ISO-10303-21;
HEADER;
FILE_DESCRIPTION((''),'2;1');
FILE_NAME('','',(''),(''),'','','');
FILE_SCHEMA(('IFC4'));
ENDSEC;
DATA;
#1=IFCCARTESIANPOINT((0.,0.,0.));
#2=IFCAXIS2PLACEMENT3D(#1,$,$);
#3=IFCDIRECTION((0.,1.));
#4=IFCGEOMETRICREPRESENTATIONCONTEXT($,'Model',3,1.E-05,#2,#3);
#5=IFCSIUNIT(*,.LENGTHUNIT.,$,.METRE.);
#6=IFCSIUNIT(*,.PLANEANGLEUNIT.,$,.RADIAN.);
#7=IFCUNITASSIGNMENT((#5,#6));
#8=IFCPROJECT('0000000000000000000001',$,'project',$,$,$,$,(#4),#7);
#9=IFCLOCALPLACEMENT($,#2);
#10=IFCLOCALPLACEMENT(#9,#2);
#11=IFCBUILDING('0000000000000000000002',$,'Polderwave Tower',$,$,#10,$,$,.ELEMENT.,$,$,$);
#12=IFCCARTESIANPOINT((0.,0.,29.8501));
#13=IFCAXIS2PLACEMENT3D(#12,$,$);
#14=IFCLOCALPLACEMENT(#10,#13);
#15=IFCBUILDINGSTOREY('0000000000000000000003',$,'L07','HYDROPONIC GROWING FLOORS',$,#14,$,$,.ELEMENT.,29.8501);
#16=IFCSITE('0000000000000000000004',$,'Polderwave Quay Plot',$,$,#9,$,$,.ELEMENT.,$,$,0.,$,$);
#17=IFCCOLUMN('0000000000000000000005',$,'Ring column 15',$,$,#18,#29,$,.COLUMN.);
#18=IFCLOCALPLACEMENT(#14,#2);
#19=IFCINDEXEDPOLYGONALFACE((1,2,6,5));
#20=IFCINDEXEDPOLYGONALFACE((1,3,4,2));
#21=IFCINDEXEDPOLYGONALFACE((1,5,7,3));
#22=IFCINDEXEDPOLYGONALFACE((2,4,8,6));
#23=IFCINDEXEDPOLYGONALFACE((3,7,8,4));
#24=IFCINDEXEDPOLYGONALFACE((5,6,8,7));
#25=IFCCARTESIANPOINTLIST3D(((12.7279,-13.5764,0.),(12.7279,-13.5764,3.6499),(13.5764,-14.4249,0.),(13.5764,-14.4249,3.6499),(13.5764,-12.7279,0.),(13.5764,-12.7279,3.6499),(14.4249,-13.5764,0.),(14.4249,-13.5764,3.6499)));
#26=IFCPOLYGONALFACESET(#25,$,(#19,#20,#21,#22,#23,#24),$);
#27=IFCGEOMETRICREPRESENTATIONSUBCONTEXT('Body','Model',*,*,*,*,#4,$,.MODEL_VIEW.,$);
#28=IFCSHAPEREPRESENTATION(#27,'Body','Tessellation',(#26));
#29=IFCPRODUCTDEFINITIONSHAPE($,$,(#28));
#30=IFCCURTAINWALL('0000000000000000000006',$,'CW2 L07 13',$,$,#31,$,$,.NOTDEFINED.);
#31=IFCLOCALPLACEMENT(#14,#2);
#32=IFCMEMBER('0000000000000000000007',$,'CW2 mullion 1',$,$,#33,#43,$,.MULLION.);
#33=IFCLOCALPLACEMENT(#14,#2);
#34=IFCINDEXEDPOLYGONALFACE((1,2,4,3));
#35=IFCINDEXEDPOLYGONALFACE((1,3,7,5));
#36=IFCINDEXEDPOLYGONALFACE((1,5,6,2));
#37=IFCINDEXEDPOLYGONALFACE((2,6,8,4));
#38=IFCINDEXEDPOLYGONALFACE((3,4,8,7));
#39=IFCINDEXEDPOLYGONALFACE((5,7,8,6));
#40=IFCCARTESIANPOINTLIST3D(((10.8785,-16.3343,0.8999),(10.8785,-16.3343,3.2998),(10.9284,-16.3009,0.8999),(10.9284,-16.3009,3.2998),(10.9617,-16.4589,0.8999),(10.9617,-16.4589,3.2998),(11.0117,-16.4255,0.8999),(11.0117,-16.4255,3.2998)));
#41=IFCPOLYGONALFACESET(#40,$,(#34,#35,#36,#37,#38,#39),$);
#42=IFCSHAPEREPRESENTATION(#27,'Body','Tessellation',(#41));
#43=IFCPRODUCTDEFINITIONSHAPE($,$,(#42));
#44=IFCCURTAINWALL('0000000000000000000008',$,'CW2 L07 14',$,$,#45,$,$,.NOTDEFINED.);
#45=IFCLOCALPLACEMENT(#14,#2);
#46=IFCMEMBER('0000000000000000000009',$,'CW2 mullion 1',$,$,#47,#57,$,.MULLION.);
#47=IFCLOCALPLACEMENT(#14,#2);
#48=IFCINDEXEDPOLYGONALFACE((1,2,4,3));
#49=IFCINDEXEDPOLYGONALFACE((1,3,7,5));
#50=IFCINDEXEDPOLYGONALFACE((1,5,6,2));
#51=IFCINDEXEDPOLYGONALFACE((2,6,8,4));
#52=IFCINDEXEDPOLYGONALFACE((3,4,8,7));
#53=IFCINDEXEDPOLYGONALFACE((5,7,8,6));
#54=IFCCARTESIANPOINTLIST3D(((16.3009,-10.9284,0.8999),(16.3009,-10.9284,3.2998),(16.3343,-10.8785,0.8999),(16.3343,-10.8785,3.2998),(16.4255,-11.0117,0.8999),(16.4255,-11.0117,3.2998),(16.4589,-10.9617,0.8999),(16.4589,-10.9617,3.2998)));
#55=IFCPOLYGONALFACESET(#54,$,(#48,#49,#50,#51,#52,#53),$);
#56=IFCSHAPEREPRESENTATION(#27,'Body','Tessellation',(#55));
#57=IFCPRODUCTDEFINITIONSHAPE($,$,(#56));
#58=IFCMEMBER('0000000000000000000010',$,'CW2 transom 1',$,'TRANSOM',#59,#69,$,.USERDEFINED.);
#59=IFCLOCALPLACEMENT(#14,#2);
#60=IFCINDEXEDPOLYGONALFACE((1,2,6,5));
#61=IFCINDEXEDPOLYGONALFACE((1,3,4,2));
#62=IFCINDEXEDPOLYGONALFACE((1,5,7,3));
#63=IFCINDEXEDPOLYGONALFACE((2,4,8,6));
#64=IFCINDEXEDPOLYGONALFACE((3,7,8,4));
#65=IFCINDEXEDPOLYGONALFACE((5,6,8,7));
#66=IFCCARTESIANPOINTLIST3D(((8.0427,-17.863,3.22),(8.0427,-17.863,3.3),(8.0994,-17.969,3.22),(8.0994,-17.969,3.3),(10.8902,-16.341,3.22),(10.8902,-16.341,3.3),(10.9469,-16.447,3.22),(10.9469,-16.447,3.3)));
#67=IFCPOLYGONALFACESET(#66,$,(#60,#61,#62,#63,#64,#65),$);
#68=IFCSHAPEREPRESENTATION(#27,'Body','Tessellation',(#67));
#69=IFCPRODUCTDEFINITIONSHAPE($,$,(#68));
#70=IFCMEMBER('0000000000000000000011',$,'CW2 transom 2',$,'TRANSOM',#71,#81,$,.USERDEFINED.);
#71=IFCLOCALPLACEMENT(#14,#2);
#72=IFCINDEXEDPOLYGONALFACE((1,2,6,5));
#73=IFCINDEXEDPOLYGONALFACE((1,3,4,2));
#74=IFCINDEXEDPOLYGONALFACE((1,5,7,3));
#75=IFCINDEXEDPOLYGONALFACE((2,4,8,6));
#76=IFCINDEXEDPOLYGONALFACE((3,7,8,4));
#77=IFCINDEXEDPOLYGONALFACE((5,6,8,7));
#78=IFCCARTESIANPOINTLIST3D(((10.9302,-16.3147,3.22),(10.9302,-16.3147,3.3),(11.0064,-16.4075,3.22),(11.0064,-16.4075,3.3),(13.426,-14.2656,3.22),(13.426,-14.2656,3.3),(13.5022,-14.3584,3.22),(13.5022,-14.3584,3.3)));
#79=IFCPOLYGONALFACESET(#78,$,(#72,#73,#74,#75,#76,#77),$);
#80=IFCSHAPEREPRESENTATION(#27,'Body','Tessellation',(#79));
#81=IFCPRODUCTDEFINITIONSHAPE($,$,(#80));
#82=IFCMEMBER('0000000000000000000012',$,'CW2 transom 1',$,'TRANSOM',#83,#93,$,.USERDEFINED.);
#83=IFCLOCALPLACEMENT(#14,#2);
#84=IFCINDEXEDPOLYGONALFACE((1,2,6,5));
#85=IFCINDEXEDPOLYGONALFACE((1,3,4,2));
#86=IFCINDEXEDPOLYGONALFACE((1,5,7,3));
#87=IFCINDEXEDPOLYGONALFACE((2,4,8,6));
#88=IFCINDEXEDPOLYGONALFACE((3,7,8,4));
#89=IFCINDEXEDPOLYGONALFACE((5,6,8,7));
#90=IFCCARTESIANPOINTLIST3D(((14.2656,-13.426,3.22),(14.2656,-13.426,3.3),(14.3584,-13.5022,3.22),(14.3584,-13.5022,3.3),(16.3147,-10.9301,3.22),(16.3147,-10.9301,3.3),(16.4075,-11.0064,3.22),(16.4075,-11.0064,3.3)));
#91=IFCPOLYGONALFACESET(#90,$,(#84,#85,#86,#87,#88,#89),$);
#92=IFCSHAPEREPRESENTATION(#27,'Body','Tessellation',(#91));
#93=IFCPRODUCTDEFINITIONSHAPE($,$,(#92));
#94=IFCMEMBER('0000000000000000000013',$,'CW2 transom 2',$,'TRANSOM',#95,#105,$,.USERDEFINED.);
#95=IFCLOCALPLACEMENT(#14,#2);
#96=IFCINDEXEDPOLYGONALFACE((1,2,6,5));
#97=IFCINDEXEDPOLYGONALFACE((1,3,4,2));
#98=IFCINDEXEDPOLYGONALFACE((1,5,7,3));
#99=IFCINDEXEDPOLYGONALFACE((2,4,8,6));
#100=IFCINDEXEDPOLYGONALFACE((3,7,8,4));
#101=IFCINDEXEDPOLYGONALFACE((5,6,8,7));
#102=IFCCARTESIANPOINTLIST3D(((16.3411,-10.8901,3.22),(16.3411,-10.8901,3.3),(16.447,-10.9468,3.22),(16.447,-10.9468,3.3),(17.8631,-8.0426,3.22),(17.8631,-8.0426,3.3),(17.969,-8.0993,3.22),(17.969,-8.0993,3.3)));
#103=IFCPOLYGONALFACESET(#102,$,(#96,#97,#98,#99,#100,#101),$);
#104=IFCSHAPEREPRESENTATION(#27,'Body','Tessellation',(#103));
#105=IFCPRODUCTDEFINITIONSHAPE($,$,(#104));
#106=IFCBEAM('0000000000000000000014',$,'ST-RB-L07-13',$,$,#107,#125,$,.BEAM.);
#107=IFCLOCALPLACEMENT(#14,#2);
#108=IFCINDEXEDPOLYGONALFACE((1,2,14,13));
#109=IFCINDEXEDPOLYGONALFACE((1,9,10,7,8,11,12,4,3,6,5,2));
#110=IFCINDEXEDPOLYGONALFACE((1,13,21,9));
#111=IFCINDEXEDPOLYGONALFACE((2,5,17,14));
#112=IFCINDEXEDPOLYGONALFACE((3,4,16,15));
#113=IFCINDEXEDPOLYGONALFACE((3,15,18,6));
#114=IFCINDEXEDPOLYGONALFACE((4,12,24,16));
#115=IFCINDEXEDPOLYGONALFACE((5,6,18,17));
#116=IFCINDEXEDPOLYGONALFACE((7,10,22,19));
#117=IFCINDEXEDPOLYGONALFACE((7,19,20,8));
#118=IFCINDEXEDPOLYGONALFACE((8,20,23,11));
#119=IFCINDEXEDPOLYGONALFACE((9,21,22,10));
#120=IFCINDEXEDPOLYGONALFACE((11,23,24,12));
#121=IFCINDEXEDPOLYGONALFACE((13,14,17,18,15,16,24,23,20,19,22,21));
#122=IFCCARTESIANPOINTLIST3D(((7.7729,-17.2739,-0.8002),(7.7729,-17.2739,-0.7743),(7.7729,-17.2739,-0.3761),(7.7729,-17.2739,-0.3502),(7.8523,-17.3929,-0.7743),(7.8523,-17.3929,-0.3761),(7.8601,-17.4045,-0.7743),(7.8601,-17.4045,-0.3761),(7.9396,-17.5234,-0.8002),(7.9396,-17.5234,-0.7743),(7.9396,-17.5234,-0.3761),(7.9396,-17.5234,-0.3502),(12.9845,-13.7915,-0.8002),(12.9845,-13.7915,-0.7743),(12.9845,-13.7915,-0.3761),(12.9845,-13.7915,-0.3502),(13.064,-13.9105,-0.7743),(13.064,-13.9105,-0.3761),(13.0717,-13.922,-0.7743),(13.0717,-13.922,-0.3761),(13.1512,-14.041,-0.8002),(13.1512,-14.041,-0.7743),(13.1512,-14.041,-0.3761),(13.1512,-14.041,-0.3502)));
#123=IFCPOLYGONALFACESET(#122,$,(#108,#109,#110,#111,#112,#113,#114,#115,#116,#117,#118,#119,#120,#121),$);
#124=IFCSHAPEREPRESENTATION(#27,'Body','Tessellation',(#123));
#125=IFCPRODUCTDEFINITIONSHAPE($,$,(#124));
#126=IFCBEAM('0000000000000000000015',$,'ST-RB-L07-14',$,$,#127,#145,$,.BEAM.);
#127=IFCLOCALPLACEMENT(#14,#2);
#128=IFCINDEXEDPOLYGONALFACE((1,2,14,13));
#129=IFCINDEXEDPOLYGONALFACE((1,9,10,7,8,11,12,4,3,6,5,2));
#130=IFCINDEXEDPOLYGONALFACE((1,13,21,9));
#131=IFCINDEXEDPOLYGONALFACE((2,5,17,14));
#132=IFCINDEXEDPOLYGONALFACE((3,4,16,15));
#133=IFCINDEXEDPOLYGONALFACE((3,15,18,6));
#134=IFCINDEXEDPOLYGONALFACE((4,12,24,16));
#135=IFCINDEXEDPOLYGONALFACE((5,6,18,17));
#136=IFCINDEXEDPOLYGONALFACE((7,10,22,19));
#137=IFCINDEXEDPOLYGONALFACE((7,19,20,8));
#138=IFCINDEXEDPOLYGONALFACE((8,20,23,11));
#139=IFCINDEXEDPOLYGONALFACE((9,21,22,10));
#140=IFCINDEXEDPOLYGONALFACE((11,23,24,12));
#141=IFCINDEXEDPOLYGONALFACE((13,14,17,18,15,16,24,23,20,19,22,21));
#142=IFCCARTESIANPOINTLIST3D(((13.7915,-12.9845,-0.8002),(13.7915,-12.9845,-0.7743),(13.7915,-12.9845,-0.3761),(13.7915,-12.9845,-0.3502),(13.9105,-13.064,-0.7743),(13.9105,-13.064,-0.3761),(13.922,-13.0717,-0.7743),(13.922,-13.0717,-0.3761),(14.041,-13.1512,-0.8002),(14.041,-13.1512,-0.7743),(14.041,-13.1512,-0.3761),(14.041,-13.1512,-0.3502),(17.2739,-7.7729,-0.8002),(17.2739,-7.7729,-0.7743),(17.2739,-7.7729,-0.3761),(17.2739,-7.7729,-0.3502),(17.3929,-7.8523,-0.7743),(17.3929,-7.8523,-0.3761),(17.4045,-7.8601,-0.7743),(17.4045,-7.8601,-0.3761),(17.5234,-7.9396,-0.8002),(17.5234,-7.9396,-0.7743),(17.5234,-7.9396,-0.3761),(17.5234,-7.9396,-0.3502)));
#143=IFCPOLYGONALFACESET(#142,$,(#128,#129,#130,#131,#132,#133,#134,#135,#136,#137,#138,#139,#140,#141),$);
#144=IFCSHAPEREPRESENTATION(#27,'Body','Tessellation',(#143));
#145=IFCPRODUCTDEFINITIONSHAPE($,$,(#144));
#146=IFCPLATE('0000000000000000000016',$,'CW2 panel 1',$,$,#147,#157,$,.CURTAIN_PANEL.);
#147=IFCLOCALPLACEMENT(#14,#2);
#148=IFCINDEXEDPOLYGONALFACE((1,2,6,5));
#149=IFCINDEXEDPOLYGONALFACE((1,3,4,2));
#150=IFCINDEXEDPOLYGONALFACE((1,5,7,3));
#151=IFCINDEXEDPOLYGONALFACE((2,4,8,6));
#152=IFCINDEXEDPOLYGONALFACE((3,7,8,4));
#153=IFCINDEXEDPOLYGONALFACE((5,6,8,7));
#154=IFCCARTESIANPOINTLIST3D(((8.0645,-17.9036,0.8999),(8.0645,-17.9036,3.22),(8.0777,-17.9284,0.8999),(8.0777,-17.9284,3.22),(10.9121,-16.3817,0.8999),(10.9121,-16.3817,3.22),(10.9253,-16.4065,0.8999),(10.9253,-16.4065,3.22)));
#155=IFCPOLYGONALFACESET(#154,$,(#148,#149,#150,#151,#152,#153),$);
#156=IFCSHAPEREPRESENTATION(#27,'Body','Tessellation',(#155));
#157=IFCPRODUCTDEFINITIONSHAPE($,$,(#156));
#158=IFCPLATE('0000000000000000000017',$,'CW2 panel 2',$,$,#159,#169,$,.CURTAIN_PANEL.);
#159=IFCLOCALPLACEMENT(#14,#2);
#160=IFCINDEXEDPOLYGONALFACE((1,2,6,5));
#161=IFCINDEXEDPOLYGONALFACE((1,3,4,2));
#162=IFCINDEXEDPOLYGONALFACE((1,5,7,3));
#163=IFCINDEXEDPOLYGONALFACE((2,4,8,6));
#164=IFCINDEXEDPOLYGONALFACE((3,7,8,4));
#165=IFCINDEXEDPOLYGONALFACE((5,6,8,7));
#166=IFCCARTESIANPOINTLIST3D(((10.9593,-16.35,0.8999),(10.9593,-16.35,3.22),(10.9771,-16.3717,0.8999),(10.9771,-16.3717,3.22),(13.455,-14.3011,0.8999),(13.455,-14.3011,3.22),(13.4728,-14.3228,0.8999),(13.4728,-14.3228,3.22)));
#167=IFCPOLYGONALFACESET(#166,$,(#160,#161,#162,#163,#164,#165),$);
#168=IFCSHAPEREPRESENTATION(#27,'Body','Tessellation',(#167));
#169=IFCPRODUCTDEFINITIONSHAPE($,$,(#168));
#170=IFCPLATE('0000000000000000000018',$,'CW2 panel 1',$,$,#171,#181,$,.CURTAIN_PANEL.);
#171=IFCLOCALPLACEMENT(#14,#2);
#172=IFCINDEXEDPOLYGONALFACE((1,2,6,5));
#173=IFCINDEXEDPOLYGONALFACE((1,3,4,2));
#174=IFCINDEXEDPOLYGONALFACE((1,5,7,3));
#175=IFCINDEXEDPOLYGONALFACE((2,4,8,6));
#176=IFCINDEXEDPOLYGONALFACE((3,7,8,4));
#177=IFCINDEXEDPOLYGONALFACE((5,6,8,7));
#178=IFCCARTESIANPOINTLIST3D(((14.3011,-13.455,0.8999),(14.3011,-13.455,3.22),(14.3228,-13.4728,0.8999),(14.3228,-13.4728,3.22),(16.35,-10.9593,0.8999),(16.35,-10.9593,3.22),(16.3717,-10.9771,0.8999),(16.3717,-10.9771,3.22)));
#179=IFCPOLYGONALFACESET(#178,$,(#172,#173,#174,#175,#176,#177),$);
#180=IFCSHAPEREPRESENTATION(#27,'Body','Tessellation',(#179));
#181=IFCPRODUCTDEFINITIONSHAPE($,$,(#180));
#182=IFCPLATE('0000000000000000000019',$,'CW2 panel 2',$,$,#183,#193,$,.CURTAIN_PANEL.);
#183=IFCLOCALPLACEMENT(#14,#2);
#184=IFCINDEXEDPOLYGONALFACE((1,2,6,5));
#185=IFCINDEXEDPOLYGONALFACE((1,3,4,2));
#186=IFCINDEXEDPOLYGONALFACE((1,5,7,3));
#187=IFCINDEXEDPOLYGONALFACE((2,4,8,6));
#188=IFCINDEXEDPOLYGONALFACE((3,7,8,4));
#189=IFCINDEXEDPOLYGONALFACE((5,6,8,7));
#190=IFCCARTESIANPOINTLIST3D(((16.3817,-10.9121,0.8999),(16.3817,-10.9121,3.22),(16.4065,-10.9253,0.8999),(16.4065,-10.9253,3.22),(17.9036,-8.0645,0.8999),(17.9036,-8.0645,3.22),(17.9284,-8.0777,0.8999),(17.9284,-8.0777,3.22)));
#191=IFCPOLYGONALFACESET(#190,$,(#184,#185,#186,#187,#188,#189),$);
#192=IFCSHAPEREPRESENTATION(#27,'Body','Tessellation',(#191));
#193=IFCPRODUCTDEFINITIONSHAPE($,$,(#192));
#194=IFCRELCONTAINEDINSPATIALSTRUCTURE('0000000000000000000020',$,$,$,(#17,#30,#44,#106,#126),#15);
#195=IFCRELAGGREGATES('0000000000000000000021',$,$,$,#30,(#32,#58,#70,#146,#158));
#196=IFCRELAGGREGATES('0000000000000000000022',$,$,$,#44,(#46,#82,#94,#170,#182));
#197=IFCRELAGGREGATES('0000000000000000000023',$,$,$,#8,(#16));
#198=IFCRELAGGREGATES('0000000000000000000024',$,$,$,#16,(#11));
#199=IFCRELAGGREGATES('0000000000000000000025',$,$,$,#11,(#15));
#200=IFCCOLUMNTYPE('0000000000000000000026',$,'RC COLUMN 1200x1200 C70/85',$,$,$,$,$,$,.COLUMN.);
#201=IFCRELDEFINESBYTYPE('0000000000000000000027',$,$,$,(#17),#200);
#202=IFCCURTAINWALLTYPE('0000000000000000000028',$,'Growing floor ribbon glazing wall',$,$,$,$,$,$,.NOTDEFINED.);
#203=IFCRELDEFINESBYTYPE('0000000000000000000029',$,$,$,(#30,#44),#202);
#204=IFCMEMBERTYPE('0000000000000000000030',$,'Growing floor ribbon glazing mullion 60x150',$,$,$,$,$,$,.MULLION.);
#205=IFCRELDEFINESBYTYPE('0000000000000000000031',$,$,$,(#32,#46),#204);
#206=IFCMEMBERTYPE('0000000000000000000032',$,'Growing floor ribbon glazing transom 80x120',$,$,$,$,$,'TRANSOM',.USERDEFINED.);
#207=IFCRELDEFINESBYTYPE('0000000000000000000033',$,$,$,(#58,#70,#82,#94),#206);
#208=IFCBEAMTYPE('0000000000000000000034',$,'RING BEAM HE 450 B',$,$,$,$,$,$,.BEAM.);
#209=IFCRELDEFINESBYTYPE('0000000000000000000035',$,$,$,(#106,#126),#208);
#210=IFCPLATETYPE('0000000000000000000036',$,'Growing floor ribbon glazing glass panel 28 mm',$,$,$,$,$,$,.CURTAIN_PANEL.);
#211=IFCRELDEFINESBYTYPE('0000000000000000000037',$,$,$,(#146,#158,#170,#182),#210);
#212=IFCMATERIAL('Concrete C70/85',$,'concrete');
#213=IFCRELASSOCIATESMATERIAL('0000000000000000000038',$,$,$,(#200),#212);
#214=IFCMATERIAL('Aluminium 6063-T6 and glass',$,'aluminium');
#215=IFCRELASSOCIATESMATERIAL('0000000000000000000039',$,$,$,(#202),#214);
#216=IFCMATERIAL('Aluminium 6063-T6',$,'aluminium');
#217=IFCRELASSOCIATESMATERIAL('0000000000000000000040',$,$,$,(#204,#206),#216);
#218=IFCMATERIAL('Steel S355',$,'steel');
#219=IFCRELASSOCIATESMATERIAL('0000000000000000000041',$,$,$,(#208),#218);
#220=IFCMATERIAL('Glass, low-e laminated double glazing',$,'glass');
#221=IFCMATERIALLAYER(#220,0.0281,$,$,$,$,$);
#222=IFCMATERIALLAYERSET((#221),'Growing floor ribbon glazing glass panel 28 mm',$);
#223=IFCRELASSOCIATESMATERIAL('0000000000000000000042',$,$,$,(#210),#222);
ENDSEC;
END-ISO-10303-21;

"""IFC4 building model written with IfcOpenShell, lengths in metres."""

from ifc_helpers import new_model, si_unit, direction, frame, origin, origin_2d, place, context, subcontext, project, spatial, rectangle, i_section, extrude, material, layer, layer_set, material_profile, profile_set, type_object, element, aggregate, save


model = new_model("IFC4")

# Units and contexts
model_context = context("Model", 3, precision=1e-05, world=origin(), true_north=direction((0.0, 1.0)))
body_context = subcontext(model_context, "Body", "Model", "MODEL_VIEW")
ifc_project = project(units=[si_unit("LENGTHUNIT", "METRE"), si_unit("PLANEANGLEUNIT", "RADIAN")], contexts=[model_context])

# Site, building, storey
site_placement = place(None, origin())
site = spatial("IfcSite", under=ifc_project, at=site_placement, Name="Polderwave Quay Plot", CompositionType="ELEMENT", RefElevation=0.0)
building_placement = place(site_placement, origin())
building = spatial("IfcBuilding", under=site, at=building_placement, Name="Polderwave Tower", CompositionType="ELEMENT")
storey_placement = place(building_placement, frame((0.0, 0.0, 29.8501)))
storey = spatial("IfcBuildingStorey", under=building, at=storey_placement, Name="L07", Description="HYDROPONIC GROWING FLOORS", CompositionType="ELEMENT", Elevation=29.8501)

# Column
ifc_material_1 = material(Name="Concrete C70/85", Category="concrete")
ifc_material_profile_1 = material_profile(ifc_material_1, rectangle(XDim=1.2, YDim=1.2, at=origin_2d()), Name="RC 1200x1200")
ifc_profile_set_1 = profile_set([ifc_material_profile_1], Name="Concrete C70/85")
column_type = type_object("IfcColumnType", Name="RC COLUMN 1200x1200 C70/85", PredefinedType="COLUMN", material=ifc_profile_set_1)
column_placement = place(storey_placement, frame((13.5764, -13.5764, 0.0), z_axis=(0.0, 0.0, 1.0), x_axis=(0.707107, -0.707107, 0.0)))
element("IfcColumn", 1, at=column_placement, inside=storey, type_object=column_type, Name="Ring column 15", PredefinedType="COLUMN", context=body_context, shape_type="SweptSolid", body=[
    extrude(rectangle(XDim=1.2, YDim=1.2, at=origin_2d()), origin(), (0.0, 0.0, 1.0), 3.6499),
])

# Curtain walls, members
ifc_material_2 = material(Name="Aluminium 6063-T6 and glass", Category="aluminium")
curtain_wall_type = type_object("IfcCurtainWallType", Name="Growing floor ribbon glazing wall", PredefinedType="NOTDEFINED", material=ifc_material_2)
curtain_wall_1_placement = place(storey_placement, origin())
curtain_wall_1 = element("IfcCurtainWall", 2, at=curtain_wall_1_placement, inside=storey, type_object=curtain_wall_type, Name="CW2 L07 13", PredefinedType="NOTDEFINED")
ifc_material_3 = material(Name="Aluminium 6063-T6", Category="aluminium")
ifc_material_profile_2 = material_profile(ifc_material_3, rectangle(XDim=0.1499, YDim=0.0601, at=origin_2d()), Name="AL 60x150")
ifc_profile_set_2 = profile_set([ifc_material_profile_2], Name="Aluminium 6063-T6")
member_type_1 = type_object("IfcMemberType", Name="Growing floor ribbon glazing mullion 60x150", PredefinedType="MULLION", material=ifc_profile_set_2)
member_1_placement = place(storey_placement, frame((10.9451, -16.3799, 0.8999), z_axis=(0.0, 0.0, 1.0), x_axis=(-0.55562, 0.831437, 0.0)))
member_1 = element("IfcMember", 3, at=member_1_placement, type_object=member_type_1, Name="CW2 mullion 1", PredefinedType="MULLION", context=body_context, shape_type="SweptSolid", body=[
    extrude(rectangle(XDim=0.1499, YDim=0.0601, at=origin_2d()), origin(), (0.0, 0.0, 1.0), 2.3999),
])
curtain_wall_2_placement = place(storey_placement, origin())
curtain_wall_2 = element("IfcCurtainWall", 4, at=curtain_wall_2_placement, inside=storey, type_object=curtain_wall_type, Name="CW2 L07 14", PredefinedType="NOTDEFINED")
member_2_placement = place(storey_placement, frame((16.3799, -10.9451, 0.8999), z_axis=(0.0, 0.0, 1.0), x_axis=(-0.831437, 0.55562, 0.0)))
member_2 = element("IfcMember", 5, at=member_2_placement, type_object=member_type_1, Name="CW2 mullion 1", PredefinedType="MULLION", context=body_context, shape_type="SweptSolid", body=[
    extrude(rectangle(XDim=0.1499, YDim=0.0601, at=origin_2d()), origin(), (0.0, 0.0, 1.0), 2.3999),
])

# Members
ifc_material_profile_3 = material_profile(ifc_material_3, rectangle(XDim=0.1201, YDim=0.0801, at=origin_2d()), Name="AL 80x120")
ifc_profile_set_3 = profile_set([ifc_material_profile_3], Name="Aluminium 6063-T6")
member_type_2 = type_object("IfcMemberType", Name="Growing floor ribbon glazing transom 80x120", ElementType="TRANSOM", PredefinedType="USERDEFINED", material=ifc_profile_set_3)
member_3_placement = place(storey_placement, frame((8.071, -17.916, 3.26), z_axis=(0.881921, 0.471397, 0.0), x_axis=(-0.471397, 0.881921, 0.0)))
member_3 = element("IfcMember", 6, at=member_3_placement, type_object=member_type_2, Name="CW2 transom 1", ObjectType="TRANSOM", PredefinedType="USERDEFINED", context=body_context, shape_type="SweptSolid", body=[
    extrude(rectangle(XDim=0.1201, YDim=0.0801, at=origin_2d()), origin(), (0.0, 0.0, 1.0), 3.2288),
])
member_4_placement = place(storey_placement, frame((10.9683, -16.3611, 3.26), z_axis=(0.772892, 0.634538, 0.0), x_axis=(-0.634538, 0.772892, 0.0)))
member_4 = element("IfcMember", 7, at=member_4_placement, type_object=member_type_2, Name="CW2 transom 2", ObjectType="TRANSOM", PredefinedType="USERDEFINED", context=body_context, shape_type="SweptSolid", body=[
    extrude(rectangle(XDim=0.1201, YDim=0.0801, at=origin_2d()), origin(), (0.0, 0.0, 1.0), 3.2292),
])
member_5_placement = place(storey_placement, frame((14.312, -13.4641, 3.26), z_axis=(0.634538, 0.772892, 0.0), x_axis=(-0.772892, 0.634538, 0.0)))
member_5 = element("IfcMember", 8, at=member_5_placement, type_object=member_type_2, Name="CW2 transom 1", ObjectType="TRANSOM", PredefinedType="USERDEFINED", context=body_context, shape_type="SweptSolid", body=[
    extrude(rectangle(XDim=0.1201, YDim=0.0801, at=origin_2d()), origin(), (0.0, 0.0, 1.0), 3.2292),
])
member_6_placement = place(storey_placement, frame((16.394, -10.9185, 3.26), z_axis=(0.471397, 0.881921, 0.0), x_axis=(-0.881921, 0.471397, 0.0)))
member_6 = element("IfcMember", 9, at=member_6_placement, type_object=member_type_2, Name="CW2 transom 2", ObjectType="TRANSOM", PredefinedType="USERDEFINED", context=body_context, shape_type="SweptSolid", body=[
    extrude(rectangle(XDim=0.1201, YDim=0.0801, at=origin_2d()), origin(), (0.0, 0.0, 1.0), 3.2288),
])

# Beams
ifc_material_4 = material(Name="Steel S355", Category="steel")
ifc_material_profile_4 = material_profile(ifc_material_4, i_section(OverallWidth=0.3, OverallDepth=0.45, WebThickness=0.0139, FlangeThickness=0.0259, at=origin_2d()), Name="HE 450 B")
ifc_profile_set_4 = profile_set([ifc_material_profile_4], Name="Steel S355")
beam_type = type_object("IfcBeamType", Name="RING BEAM HE 450 B", PredefinedType="BEAM", material=ifc_profile_set_4)
for number, where, z_axis, x_axis, name in (
    (10, (7.8562, -17.3987, -0.5752), (0.831463, 0.555581, 0.0), (-0.555581, 0.831463, 0.0), "ST-RB-L07-13"),
    (11, (13.9163, -13.0679, -0.5752), (0.555581, 0.831463, 0.0), (-0.831463, 0.555581, 0.0), "ST-RB-L07-14"),
):
    element("IfcBeam", number, at=place(storey_placement, frame(where, z_axis=z_axis, x_axis=x_axis)), inside=storey, type_object=beam_type, Name=name, PredefinedType="BEAM", context=body_context, shape_type="SweptSolid", body=[
        extrude(i_section(OverallWidth=0.3, OverallDepth=0.45, WebThickness=0.0139, FlangeThickness=0.0259, at=origin_2d()), origin(), (0.0, 0.0, 1.0), 6.2681),
    ])

# Plates
ifc_material_5 = material(Name="Glass, low-e laminated double glazing", Category="glass")
ifc_layer_1 = layer(ifc_material_5, 0.0281)
ifc_layer_set_1 = layer_set([ifc_layer_1], Name="Growing floor ribbon glazing glass panel 28 mm")
plate_type = type_object("IfcPlateType", Name="Growing floor ribbon glazing glass panel 28 mm", PredefinedType="CURTAIN_PANEL", material=ifc_layer_set_1)
plate_1_placement = place(storey_placement, frame((9.4949, -17.155, 0.8999), z_axis=(0.0, 0.0, 1.0), x_axis=(0.881945, 0.471352, 0.0)))
plate_1 = element("IfcPlate", 12, at=plate_1_placement, type_object=plate_type, Name="CW2 panel 1", PredefinedType="CURTAIN_PANEL", context=body_context, shape_type="SweptSolid", body=[
    extrude(rectangle(XDim=3.2288, YDim=0.0281, at=origin_2d()), origin(), (0.0, 0.0, 1.0), 2.3201),
])
plate_2_placement = place(storey_placement, frame((12.2161, -15.3364, 0.8999), z_axis=(0.0, 0.0, 1.0), x_axis=(0.772903, 0.634524, 0.0)))
plate_2 = element("IfcPlate", 13, at=plate_2_placement, type_object=plate_type, Name="CW2 panel 2", PredefinedType="CURTAIN_PANEL", context=body_context, shape_type="SweptSolid", body=[
    extrude(rectangle(XDim=3.229, YDim=0.0281, at=origin_2d()), origin(), (0.0, 0.0, 1.0), 2.3201),
])
aggregate(curtain_wall_1, [member_1, member_3, member_4, plate_1, plate_2])
plate_3_placement = place(storey_placement, frame((15.3364, -12.2161, 0.8999), z_axis=(0.0, 0.0, 1.0), x_axis=(0.634524, 0.772903, 0.0)))
plate_3 = element("IfcPlate", 14, at=plate_3_placement, type_object=plate_type, Name="CW2 panel 1", PredefinedType="CURTAIN_PANEL", context=body_context, shape_type="SweptSolid", body=[
    extrude(rectangle(XDim=3.229, YDim=0.0281, at=origin_2d()), origin(), (0.0, 0.0, 1.0), 2.3201),
])
plate_4_placement = place(storey_placement, frame((17.155, -9.4949, 0.8999), z_axis=(0.0, 0.0, 1.0), x_axis=(0.471352, 0.881945, 0.0)))
plate_4 = element("IfcPlate", 15, at=plate_4_placement, type_object=plate_type, Name="CW2 panel 2", PredefinedType="CURTAIN_PANEL", context=body_context, shape_type="SweptSolid", body=[
    extrude(rectangle(XDim=3.2288, YDim=0.0281, at=origin_2d()), origin(), (0.0, 0.0, 1.0), 2.3201),
])
aggregate(curtain_wall_2, [member_2, member_5, member_6, plate_3, plate_4])

save(model, "model.ifc")
